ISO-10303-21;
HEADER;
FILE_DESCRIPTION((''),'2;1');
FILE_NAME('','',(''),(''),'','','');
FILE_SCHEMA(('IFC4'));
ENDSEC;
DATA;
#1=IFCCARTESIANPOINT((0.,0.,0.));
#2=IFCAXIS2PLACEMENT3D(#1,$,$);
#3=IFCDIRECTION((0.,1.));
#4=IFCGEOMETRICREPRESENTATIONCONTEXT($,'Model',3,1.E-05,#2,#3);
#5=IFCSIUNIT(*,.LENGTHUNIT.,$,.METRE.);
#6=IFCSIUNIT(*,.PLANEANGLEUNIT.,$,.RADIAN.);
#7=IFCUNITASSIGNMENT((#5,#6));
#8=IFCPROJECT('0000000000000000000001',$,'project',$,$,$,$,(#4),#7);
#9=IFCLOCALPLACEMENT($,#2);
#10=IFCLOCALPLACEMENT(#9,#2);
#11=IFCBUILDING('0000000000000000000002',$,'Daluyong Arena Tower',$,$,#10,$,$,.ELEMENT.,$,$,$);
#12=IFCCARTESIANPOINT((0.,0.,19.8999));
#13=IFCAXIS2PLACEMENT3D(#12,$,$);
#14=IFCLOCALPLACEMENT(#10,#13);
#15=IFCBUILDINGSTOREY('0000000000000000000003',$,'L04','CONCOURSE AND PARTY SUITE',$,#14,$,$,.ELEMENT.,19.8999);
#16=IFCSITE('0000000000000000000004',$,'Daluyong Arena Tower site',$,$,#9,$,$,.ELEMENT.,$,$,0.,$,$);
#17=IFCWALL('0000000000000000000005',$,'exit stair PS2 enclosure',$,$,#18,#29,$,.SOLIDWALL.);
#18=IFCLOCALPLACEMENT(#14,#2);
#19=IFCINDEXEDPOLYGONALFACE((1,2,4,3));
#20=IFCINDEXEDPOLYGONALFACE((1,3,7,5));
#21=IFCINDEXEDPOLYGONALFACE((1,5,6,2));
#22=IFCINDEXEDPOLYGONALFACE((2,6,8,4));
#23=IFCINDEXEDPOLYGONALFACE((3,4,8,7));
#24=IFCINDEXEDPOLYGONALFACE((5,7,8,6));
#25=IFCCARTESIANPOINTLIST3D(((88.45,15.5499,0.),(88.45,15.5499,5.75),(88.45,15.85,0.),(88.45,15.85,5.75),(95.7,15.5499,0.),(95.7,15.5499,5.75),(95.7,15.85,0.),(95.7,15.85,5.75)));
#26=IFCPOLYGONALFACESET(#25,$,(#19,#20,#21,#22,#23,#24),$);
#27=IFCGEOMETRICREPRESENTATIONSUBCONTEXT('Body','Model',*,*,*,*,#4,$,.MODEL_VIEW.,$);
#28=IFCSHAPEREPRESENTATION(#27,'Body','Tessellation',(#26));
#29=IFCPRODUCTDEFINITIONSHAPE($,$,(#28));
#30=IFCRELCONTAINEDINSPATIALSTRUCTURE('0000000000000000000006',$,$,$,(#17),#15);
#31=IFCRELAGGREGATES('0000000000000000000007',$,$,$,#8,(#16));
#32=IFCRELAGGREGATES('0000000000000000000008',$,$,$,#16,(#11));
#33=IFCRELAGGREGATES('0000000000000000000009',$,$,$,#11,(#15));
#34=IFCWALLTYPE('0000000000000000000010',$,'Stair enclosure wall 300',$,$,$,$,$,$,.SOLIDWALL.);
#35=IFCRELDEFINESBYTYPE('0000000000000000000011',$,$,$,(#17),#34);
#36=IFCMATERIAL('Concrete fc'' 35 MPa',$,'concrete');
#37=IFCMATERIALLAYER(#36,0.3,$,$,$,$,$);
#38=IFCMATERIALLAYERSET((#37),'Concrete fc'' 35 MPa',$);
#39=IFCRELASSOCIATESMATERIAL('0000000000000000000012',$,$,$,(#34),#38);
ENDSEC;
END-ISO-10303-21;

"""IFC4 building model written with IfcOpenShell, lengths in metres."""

from ifc_helpers import new_model, si_unit, direction, frame, frame_2d, origin, place, context, subcontext, project, spatial, rectangle, extrude, material, layer, layer_set, type_object, element, save


model = new_model("IFC4")

# Units and contexts
model_context = context("Model", 3, precision=1e-05, world=origin(), true_north=direction((0.0, 1.0)))
body_context = subcontext(model_context, "Body", "Model", "MODEL_VIEW")
ifc_project = project(units=[si_unit("LENGTHUNIT", "METRE"), si_unit("PLANEANGLEUNIT", "RADIAN")], contexts=[model_context])

# Site, building, storey
site_placement = place(None, origin())
site = spatial("IfcSite", under=ifc_project, at=site_placement, Name="Daluyong Arena Tower site", CompositionType="ELEMENT", RefElevation=0.0)
building_placement = place(site_placement, origin())
building = spatial("IfcBuilding", under=site, at=building_placement, Name="Daluyong Arena Tower", CompositionType="ELEMENT")
storey_placement = place(building_placement, frame((0.0, 0.0, 19.8999)))
storey = spatial("IfcBuildingStorey", under=building, at=storey_placement, Name="L04", Description="CONCOURSE AND PARTY SUITE", CompositionType="ELEMENT", Elevation=19.8999)

# Wall
ifc_material_1 = material(Name="Concrete fc' 35 MPa", Category="concrete")
ifc_layer_1 = layer(ifc_material_1, 0.3)
ifc_layer_set_1 = layer_set([ifc_layer_1], Name="Concrete fc' 35 MPa")
wall_type_1 = type_object("IfcWallType", Name="Stair enclosure wall 300", PredefinedType="SOLIDWALL", material=ifc_layer_set_1)
wall_1_placement = place(storey_placement, frame((88.45, 15.7, 0.0), z_axis=(0.0, 0.0, 1.0), x_axis=(1.0, 0.0, 0.0)))
element("IfcWall", 1, at=wall_1_placement, inside=storey, type_object=wall_type_1, Name="exit stair PS2 enclosure", PredefinedType="SOLIDWALL", context=body_context, shape_type="SweptSolid", body=[
    extrude(rectangle(XDim=7.25, YDim=0.3, at=frame_2d((3.625, 0.0))), origin(), (0.0, 0.0, 1.0), 5.75),
])

save(model, "model.ifc")
